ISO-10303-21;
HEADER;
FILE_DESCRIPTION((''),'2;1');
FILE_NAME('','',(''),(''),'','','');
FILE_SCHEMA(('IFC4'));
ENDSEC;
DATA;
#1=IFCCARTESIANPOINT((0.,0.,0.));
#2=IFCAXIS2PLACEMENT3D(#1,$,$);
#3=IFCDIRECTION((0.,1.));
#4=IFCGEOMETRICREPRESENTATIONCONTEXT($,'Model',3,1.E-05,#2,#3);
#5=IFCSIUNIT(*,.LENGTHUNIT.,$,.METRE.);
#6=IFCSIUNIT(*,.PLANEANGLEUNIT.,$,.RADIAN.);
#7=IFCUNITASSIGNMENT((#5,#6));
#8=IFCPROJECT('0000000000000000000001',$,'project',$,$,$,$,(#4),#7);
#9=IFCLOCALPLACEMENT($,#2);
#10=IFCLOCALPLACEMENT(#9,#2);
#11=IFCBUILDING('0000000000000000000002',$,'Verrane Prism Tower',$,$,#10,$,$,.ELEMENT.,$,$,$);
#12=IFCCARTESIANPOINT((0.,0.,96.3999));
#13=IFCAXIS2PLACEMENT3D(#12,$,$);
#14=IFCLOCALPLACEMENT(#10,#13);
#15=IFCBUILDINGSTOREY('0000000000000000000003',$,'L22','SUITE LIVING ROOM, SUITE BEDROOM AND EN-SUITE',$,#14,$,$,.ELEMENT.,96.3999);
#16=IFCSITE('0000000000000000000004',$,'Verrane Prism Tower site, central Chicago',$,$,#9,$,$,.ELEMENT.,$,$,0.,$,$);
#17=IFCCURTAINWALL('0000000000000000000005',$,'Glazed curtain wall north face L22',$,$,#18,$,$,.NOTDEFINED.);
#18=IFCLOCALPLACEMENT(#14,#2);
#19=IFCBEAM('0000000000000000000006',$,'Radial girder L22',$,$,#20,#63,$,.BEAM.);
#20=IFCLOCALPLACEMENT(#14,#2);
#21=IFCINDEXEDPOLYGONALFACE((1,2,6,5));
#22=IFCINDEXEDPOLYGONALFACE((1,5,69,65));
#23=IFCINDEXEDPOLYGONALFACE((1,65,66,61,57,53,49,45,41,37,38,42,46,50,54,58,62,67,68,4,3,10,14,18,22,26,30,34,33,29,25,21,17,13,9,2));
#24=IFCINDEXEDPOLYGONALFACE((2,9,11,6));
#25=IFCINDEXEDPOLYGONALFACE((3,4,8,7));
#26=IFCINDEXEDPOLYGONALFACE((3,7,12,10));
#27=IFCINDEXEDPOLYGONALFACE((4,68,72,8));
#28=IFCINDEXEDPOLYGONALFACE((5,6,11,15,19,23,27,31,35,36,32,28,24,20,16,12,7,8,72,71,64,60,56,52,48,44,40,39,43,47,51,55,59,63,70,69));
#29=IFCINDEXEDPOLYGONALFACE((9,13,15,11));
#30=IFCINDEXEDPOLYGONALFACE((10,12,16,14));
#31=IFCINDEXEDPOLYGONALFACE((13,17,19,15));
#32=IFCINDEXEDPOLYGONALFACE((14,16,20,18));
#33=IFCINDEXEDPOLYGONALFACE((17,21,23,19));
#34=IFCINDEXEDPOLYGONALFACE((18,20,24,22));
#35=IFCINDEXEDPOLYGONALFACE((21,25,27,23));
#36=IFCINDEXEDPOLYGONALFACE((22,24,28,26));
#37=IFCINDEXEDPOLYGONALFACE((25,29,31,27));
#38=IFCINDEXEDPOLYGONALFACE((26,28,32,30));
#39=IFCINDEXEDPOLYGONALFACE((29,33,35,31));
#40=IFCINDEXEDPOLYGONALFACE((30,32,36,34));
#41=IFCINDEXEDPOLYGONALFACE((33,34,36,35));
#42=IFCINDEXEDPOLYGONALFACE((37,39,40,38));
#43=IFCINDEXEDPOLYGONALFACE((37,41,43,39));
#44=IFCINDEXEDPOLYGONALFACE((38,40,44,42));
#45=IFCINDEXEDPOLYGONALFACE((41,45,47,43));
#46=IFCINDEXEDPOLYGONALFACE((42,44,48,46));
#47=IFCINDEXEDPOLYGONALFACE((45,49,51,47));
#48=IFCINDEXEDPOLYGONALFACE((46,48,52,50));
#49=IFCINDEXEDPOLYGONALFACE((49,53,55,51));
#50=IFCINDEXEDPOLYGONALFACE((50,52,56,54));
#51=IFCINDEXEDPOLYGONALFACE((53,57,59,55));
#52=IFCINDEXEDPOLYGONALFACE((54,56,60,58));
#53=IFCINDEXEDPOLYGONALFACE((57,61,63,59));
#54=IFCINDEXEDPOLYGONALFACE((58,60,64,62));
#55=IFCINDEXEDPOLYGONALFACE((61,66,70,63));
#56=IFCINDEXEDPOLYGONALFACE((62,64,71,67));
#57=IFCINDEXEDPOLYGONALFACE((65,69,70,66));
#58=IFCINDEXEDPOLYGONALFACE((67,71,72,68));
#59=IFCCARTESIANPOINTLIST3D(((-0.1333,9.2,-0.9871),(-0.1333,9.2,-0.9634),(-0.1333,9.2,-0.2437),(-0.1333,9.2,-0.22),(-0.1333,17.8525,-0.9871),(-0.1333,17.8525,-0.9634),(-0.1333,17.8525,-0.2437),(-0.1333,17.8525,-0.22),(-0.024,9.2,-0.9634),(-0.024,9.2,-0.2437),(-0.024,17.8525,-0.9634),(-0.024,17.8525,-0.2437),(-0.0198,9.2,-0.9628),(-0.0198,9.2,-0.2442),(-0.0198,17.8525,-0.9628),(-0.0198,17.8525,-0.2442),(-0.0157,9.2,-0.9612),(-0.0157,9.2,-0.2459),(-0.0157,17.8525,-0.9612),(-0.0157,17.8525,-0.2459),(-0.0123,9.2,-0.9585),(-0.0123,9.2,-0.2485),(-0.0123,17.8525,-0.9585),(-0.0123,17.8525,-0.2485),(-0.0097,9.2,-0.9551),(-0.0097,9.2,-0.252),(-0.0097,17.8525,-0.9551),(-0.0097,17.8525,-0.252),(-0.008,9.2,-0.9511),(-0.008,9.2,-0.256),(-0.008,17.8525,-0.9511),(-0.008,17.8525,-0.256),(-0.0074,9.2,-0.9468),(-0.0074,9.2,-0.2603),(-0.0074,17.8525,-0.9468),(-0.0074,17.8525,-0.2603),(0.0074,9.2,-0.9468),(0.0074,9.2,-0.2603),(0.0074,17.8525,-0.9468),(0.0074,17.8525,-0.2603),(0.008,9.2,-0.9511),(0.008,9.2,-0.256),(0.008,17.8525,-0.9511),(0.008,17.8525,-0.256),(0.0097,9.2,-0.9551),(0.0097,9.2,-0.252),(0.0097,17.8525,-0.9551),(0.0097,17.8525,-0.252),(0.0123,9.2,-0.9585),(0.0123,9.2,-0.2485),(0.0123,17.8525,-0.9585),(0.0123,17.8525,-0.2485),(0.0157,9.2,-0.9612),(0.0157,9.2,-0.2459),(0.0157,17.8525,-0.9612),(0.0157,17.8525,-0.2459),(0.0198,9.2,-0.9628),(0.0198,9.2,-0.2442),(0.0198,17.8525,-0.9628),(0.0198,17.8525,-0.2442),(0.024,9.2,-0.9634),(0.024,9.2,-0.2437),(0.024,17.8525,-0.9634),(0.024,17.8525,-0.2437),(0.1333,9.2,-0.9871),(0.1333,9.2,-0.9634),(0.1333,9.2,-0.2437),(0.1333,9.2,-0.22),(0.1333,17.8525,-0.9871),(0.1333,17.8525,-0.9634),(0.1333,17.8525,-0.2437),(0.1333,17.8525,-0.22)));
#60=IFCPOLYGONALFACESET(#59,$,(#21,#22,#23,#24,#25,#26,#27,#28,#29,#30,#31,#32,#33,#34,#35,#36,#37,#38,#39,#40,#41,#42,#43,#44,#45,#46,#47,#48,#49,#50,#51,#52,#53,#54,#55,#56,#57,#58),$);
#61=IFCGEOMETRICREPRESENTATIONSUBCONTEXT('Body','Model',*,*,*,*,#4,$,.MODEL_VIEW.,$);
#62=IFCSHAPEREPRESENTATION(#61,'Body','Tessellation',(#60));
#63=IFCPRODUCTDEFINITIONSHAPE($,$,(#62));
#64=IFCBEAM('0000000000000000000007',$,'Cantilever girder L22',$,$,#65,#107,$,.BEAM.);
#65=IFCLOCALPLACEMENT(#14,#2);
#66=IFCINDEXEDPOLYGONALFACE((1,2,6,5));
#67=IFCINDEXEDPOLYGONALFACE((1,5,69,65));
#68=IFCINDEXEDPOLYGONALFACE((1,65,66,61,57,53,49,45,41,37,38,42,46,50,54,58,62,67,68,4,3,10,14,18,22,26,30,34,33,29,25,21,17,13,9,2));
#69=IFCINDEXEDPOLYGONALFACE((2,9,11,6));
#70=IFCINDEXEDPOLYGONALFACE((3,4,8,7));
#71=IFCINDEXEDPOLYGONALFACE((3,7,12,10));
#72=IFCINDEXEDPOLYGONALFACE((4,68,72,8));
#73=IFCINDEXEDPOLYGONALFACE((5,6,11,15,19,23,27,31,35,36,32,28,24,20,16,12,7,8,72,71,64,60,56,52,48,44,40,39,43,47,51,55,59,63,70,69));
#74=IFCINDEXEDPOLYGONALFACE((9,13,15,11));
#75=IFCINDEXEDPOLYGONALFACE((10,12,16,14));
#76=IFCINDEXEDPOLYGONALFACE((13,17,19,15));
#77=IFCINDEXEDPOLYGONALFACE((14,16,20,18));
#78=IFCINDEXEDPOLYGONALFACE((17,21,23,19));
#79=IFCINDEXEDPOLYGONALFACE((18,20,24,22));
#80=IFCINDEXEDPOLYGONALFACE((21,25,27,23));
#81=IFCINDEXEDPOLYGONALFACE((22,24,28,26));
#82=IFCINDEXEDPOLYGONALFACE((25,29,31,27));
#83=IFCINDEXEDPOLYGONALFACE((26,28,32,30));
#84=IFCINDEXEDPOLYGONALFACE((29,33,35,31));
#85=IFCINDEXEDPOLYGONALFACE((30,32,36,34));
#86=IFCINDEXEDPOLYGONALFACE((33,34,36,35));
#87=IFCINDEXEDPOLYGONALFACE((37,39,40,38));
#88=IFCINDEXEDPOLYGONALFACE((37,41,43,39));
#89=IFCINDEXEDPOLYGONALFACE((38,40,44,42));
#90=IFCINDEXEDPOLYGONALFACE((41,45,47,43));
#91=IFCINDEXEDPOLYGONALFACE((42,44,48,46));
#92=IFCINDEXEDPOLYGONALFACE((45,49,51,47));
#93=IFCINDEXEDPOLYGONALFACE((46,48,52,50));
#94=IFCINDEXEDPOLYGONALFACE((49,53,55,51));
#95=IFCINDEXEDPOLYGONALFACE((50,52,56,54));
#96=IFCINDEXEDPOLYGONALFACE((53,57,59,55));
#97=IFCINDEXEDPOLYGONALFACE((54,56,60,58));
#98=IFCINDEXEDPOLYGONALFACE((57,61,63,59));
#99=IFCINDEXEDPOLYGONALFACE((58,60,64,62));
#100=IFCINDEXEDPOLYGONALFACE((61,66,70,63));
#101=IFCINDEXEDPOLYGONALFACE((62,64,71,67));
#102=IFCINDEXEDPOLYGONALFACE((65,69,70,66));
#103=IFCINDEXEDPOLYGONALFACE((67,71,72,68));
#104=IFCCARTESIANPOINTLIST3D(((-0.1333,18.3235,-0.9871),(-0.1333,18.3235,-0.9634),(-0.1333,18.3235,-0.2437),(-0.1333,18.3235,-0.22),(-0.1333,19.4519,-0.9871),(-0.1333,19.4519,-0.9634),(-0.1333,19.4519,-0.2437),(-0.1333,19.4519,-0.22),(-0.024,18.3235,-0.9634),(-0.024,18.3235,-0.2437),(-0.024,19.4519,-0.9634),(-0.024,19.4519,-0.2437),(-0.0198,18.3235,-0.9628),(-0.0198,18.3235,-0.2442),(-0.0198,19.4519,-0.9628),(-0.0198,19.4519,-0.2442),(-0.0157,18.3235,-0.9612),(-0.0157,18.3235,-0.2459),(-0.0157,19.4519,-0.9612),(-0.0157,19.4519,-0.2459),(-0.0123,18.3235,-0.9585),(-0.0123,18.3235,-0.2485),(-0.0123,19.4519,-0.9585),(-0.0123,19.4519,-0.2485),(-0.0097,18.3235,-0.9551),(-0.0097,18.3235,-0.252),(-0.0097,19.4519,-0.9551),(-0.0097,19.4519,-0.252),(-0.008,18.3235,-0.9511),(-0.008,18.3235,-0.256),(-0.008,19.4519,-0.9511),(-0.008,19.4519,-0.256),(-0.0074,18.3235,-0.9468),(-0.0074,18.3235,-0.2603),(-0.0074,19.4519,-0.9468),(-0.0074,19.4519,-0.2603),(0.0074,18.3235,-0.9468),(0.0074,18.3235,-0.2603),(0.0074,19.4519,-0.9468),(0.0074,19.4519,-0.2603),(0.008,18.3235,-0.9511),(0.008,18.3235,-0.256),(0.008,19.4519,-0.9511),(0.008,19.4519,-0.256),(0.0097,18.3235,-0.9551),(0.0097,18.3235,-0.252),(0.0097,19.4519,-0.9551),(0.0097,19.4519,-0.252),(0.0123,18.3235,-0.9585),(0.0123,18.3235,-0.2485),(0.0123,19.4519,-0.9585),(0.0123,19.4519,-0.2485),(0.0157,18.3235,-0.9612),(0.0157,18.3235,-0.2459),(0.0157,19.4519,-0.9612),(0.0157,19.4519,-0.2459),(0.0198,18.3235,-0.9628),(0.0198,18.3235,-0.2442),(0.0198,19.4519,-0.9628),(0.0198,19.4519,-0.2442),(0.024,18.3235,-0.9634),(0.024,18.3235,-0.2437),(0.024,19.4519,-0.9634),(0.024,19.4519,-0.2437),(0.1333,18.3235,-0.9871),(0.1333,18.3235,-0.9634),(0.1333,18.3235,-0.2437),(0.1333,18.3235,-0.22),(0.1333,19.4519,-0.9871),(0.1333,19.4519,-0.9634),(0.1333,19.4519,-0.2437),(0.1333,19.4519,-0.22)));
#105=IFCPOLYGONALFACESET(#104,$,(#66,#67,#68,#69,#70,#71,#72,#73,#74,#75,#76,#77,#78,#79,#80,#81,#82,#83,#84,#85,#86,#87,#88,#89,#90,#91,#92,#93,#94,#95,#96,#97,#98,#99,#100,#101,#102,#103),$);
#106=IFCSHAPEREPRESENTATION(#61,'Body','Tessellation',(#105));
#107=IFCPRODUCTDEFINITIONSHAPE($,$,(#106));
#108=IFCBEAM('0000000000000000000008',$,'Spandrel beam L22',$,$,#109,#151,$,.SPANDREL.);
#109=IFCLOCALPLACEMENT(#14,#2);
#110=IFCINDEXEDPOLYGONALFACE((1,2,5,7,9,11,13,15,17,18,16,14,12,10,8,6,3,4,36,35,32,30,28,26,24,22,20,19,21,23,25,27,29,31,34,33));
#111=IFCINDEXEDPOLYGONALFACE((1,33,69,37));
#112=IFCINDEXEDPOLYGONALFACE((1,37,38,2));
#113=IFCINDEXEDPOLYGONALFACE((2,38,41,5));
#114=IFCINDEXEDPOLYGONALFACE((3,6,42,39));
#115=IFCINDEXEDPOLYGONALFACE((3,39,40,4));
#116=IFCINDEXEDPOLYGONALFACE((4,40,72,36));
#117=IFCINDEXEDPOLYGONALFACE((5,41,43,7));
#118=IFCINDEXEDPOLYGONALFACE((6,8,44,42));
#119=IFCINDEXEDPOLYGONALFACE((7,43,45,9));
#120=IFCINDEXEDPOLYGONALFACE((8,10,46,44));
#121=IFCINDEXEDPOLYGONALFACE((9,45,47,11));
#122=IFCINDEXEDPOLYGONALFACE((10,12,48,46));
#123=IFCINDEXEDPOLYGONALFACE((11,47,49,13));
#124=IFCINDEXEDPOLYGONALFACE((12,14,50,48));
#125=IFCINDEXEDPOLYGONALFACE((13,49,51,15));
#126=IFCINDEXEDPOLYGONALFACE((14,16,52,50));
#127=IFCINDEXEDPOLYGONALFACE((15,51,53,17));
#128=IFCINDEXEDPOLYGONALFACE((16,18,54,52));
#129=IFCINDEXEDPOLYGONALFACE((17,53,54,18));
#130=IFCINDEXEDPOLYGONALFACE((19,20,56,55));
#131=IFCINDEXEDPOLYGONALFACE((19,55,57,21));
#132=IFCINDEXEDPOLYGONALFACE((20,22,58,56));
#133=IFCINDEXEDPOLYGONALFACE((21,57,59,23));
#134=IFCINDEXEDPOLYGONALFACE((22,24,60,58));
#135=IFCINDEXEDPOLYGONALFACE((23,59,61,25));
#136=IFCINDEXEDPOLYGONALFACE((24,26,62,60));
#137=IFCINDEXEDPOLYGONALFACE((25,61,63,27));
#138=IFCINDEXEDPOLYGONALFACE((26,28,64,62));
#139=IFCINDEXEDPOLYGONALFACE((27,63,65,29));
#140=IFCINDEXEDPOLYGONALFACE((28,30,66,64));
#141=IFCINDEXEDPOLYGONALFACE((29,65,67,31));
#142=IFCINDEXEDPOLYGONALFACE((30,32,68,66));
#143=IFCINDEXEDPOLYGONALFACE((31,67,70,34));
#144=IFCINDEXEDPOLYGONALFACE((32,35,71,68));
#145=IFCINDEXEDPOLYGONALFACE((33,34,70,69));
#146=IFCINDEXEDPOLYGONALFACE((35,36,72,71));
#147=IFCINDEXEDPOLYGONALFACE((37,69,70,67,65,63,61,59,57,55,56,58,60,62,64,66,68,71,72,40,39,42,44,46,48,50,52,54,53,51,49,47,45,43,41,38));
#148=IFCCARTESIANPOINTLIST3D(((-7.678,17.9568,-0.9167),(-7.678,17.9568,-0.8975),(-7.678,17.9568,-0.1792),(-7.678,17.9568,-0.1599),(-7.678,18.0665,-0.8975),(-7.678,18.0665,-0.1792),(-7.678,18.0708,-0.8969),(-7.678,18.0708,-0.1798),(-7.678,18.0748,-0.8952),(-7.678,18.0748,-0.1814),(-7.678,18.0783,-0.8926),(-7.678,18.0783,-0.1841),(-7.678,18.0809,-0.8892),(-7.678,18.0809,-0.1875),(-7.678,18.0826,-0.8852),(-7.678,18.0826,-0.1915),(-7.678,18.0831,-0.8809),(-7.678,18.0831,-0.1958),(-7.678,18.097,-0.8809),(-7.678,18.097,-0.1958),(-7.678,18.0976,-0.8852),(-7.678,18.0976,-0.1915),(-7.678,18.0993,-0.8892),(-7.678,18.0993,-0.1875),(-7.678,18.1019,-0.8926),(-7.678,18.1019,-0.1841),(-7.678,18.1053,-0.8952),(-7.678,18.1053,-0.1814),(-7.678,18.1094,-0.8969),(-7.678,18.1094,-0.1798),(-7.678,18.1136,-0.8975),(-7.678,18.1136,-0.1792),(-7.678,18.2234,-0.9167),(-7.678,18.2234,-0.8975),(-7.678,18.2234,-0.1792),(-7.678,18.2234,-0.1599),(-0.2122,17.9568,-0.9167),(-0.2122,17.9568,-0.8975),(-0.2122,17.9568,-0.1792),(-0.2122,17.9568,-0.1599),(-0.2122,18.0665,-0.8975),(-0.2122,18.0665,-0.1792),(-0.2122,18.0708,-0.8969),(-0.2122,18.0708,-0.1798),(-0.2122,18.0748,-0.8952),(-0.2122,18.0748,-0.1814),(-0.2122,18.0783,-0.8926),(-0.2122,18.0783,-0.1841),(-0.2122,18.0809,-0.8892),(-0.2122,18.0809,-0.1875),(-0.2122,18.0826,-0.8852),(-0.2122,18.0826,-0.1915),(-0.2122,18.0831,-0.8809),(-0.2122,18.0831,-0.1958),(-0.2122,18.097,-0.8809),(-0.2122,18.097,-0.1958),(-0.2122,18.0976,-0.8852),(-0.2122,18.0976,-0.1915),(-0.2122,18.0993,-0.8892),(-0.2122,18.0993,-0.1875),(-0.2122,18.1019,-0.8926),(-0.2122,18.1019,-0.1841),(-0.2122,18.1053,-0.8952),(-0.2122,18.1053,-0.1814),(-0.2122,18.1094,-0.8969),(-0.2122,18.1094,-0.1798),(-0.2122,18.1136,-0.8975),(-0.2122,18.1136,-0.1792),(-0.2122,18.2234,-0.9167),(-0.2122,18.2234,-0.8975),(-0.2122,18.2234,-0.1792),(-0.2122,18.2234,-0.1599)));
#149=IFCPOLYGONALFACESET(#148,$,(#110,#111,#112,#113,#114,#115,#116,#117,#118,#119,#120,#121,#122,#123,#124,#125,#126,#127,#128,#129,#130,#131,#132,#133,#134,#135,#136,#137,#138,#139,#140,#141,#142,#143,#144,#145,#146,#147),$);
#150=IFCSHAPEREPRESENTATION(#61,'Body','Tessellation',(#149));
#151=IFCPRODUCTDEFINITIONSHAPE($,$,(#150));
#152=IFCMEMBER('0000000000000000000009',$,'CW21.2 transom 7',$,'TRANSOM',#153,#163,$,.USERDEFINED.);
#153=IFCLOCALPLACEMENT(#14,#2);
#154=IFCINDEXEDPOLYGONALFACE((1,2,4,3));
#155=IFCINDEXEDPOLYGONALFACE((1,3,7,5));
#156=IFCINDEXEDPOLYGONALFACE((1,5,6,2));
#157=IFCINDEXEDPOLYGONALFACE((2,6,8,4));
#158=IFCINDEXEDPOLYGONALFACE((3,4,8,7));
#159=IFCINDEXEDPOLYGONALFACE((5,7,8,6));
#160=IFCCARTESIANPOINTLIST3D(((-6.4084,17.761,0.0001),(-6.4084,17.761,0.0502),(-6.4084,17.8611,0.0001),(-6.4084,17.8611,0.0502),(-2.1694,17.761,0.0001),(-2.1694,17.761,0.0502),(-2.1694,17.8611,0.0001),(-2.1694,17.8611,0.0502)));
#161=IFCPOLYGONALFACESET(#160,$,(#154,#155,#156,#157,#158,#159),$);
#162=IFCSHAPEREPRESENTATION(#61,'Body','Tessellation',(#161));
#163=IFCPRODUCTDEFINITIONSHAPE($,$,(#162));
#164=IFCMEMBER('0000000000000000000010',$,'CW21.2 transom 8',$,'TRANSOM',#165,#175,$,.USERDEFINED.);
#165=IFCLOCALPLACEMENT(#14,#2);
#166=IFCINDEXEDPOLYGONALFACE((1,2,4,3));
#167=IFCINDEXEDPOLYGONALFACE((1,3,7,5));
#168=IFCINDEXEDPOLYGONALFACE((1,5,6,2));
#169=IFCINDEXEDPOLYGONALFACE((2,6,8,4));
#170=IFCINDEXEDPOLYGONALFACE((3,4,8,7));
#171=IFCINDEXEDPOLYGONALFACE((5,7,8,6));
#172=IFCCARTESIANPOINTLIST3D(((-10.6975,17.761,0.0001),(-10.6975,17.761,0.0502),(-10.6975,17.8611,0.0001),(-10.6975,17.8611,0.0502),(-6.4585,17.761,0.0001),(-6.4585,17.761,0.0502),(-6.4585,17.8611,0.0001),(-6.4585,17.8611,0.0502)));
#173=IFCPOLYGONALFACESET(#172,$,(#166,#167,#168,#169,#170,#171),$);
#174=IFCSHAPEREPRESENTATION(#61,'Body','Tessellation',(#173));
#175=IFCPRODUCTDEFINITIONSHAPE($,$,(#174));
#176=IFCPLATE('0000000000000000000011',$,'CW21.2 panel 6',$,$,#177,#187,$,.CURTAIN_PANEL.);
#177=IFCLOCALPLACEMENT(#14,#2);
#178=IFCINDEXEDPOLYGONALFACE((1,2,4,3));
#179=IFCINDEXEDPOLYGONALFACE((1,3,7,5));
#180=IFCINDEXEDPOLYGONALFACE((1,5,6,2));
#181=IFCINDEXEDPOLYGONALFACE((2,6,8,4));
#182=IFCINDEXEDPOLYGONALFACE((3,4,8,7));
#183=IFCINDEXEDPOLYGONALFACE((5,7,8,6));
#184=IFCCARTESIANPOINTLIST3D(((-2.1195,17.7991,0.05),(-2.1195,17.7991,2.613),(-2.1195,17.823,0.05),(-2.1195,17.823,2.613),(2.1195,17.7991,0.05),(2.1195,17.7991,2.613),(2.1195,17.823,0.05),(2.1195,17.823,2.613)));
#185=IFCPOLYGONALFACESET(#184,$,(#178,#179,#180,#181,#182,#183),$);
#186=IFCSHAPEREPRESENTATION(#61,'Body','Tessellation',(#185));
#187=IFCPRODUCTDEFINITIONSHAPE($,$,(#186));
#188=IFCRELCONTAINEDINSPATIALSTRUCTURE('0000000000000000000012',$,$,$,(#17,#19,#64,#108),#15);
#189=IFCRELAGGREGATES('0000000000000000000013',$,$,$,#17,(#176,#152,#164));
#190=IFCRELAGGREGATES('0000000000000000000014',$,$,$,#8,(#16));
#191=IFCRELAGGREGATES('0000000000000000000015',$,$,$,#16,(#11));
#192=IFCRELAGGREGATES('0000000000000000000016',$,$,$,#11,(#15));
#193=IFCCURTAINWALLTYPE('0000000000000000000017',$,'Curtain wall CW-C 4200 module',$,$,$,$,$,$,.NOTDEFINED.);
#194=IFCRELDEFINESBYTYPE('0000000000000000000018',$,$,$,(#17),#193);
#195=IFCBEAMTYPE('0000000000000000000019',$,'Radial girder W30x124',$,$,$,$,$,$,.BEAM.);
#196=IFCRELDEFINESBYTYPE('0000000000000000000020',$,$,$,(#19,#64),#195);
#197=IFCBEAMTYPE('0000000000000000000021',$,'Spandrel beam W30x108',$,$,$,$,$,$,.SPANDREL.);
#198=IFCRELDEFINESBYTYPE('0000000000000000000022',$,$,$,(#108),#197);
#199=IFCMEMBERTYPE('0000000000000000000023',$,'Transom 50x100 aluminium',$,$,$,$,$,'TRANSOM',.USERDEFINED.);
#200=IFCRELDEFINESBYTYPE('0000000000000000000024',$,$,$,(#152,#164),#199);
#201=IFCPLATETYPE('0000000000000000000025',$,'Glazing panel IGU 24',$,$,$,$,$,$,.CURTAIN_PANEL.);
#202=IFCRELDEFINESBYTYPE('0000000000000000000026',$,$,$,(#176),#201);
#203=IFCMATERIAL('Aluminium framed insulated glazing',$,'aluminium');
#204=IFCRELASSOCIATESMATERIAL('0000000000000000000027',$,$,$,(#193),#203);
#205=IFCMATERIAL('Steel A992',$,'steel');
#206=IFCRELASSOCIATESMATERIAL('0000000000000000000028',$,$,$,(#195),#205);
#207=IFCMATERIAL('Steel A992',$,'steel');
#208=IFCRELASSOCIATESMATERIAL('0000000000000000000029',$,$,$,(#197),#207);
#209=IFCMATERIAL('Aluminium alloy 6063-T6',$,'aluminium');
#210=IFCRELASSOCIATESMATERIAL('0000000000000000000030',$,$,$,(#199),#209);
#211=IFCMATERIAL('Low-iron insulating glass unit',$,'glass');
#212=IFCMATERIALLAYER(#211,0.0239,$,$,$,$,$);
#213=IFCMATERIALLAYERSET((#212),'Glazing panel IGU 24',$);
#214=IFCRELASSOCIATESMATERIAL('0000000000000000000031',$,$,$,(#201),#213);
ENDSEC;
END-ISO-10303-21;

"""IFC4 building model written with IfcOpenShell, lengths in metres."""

from ifc_helpers import new_model, si_unit, direction, frame, origin, origin_2d, place, context, subcontext, project, spatial, rectangle, i_section, extrude, material, layer, layer_set, material_profile, profile_set, type_object, element, aggregate, save


model = new_model("IFC4")

# Units and contexts
model_context = context("Model", 3, precision=1e-05, world=origin(), true_north=direction((0.0, 1.0)))
body_context = subcontext(model_context, "Body", "Model", "MODEL_VIEW")
ifc_project = project(units=[si_unit("LENGTHUNIT", "METRE"), si_unit("PLANEANGLEUNIT", "RADIAN")], contexts=[model_context])

# Site, building, storey
site_placement = place(None, origin())
site = spatial("IfcSite", under=ifc_project, at=site_placement, Name="Verrane Prism Tower site, central Chicago", CompositionType="ELEMENT", RefElevation=0.0)
building_placement = place(site_placement, origin())
building = spatial("IfcBuilding", under=site, at=building_placement, Name="Verrane Prism Tower", CompositionType="ELEMENT")
storey_placement = place(building_placement, frame((0.0, 0.0, 96.3999)))
storey = spatial("IfcBuildingStorey", under=building, at=storey_placement, Name="L22", Description="SUITE LIVING ROOM, SUITE BEDROOM AND EN-SUITE", CompositionType="ELEMENT", Elevation=96.3999)

# Curtain wall
ifc_material_1 = material(Name="Aluminium framed insulated glazing", Category="aluminium")
curtain_wall_type = type_object("IfcCurtainWallType", Name="Curtain wall CW-C 4200 module", PredefinedType="NOTDEFINED", material=ifc_material_1)
curtain_wall_placement = place(storey_placement, origin())
curtain_wall = element("IfcCurtainWall", 1, at=curtain_wall_placement, inside=storey, type_object=curtain_wall_type, Name="Glazed curtain wall north face L22", PredefinedType="NOTDEFINED")

# Beams
ifc_material_2 = material(Name="Steel A992", Category="steel")
ifc_material_profile_1 = material_profile(ifc_material_2, i_section(OverallWidth=0.2666, OverallDepth=0.7671, WebThickness=0.0149, FlangeThickness=0.0237, FilletRadius=0.0166, at=origin_2d()), Name="W30x124")
ifc_profile_set_1 = profile_set([ifc_material_profile_1], Name="Steel A992")
beam_type_1 = type_object("IfcBeamType", Name="Radial girder W30x124", PredefinedType="BEAM", material=ifc_profile_set_1)
beam_1_placement = place(storey_placement, frame((0.0, 17.8525, -0.6035), z_axis=(0.0, -1.0, 0.0), x_axis=(1.0, 0.0, 0.0)))
element("IfcBeam", 2, at=beam_1_placement, inside=storey, type_object=beam_type_1, Name="Radial girder L22", PredefinedType="BEAM", context=body_context, shape_type="SweptSolid", body=[
    extrude(i_section(OverallWidth=0.2666, OverallDepth=0.7671, WebThickness=0.0149, FlangeThickness=0.0237, FilletRadius=0.0166, at=origin_2d()), origin(), (0.0, 0.0, 1.0), 8.6526),
])
beam_2_placement = place(storey_placement, frame((0.0, 18.3235, -0.6035), z_axis=(0.0, 1.0, 0.0), x_axis=(-1.0, 0.0, 0.0)))
element("IfcBeam", 3, at=beam_2_placement, inside=storey, type_object=beam_type_1, Name="Cantilever girder L22", PredefinedType="BEAM", context=body_context, shape_type="SweptSolid", body=[
    extrude(i_section(OverallWidth=0.2666, OverallDepth=0.7671, WebThickness=0.0149, FlangeThickness=0.0237, FilletRadius=0.0166, at=origin_2d()), origin(), (0.0, 0.0, 1.0), 1.1284),
])
ifc_material_3 = material(Name="Steel A992", Category="steel")
ifc_material_profile_2 = material_profile(ifc_material_3, i_section(OverallWidth=0.2666, OverallDepth=0.7568, WebThickness=0.0139, FlangeThickness=0.0193, FilletRadius=0.0166, at=origin_2d()), Name="W30x108")
ifc_profile_set_2 = profile_set([ifc_material_profile_2], Name="Steel A992")
beam_type_2 = type_object("IfcBeamType", Name="Spandrel beam W30x108", PredefinedType="SPANDREL", material=ifc_profile_set_2)
beam_3_placement = place(storey_placement, frame((-0.2122, 18.0901, -0.5383), z_axis=(-1.0, 0.0, 0.0), x_axis=(0.0, -1.0, 0.0)))
element("IfcBeam", 4, at=beam_3_placement, inside=storey, type_object=beam_type_2, Name="Spandrel beam L22", PredefinedType="SPANDREL", context=body_context, shape_type="SweptSolid", body=[
    extrude(i_section(OverallWidth=0.2666, OverallDepth=0.7568, WebThickness=0.0139, FlangeThickness=0.0193, FilletRadius=0.0166, at=origin_2d()), origin(), (0.0, 0.0, 1.0), 7.4658),
])

# Members
ifc_material_4 = material(Name="Aluminium alloy 6063-T6", Category="aluminium")
ifc_material_profile_3 = material_profile(ifc_material_4, rectangle(XDim=0.1001, YDim=0.05, at=origin_2d()), Name="Transom 50x100 aluminium")
ifc_profile_set_3 = profile_set([ifc_material_profile_3], Name="Aluminium alloy 6063-T6")
member_type_1 = type_object("IfcMemberType", Name="Transom 50x100 aluminium", ElementType="TRANSOM", PredefinedType="USERDEFINED", material=ifc_profile_set_3)
member_1_placement = place(storey_placement, frame((-2.1694, 17.811, 0.0251), z_axis=(-1.0, 0.0, 0.0), x_axis=(0.0, -1.0, 0.0)))
member_1 = element("IfcMember", 5, at=member_1_placement, type_object=member_type_1, Name="CW21.2 transom 7", ObjectType="TRANSOM", PredefinedType="USERDEFINED", context=body_context, shape_type="SweptSolid", body=[
    extrude(rectangle(XDim=0.1001, YDim=0.05, at=origin_2d()), origin(), (0.0, 0.0, 1.0), 4.239),
])
member_2_placement = place(storey_placement, frame((-6.4585, 17.811, 0.0251), z_axis=(-1.0, 0.0, 0.0), x_axis=(0.0, -1.0, 0.0)))
member_2 = element("IfcMember", 6, at=member_2_placement, type_object=member_type_1, Name="CW21.2 transom 8", ObjectType="TRANSOM", PredefinedType="USERDEFINED", context=body_context, shape_type="SweptSolid", body=[
    extrude(rectangle(XDim=0.1001, YDim=0.05, at=origin_2d()), origin(), (0.0, 0.0, 1.0), 4.239),
])

# Plate
ifc_material_5 = material(Name="Low-iron insulating glass unit", Category="glass")
ifc_layer_1 = layer(ifc_material_5, 0.0239)
ifc_layer_set_1 = layer_set([ifc_layer_1], Name="Glazing panel IGU 24")
plate_type = type_object("IfcPlateType", Name="Glazing panel IGU 24", PredefinedType="CURTAIN_PANEL", material=ifc_layer_set_1)
plate_1_placement = place(storey_placement, frame((0.0, 17.811, 0.05), z_axis=(0.0, 0.0, 1.0), x_axis=(-1.0, 0.0, 0.0)))
plate_1 = element("IfcPlate", 7, at=plate_1_placement, type_object=plate_type, Name="CW21.2 panel 6", PredefinedType="CURTAIN_PANEL", context=body_context, shape_type="SweptSolid", body=[
    extrude(rectangle(XDim=4.239, YDim=0.0239, at=origin_2d()), origin(), (0.0, 0.0, 1.0), 2.563),
])
aggregate(curtain_wall, [plate_1, member_1, member_2])

save(model, "model.ifc")
